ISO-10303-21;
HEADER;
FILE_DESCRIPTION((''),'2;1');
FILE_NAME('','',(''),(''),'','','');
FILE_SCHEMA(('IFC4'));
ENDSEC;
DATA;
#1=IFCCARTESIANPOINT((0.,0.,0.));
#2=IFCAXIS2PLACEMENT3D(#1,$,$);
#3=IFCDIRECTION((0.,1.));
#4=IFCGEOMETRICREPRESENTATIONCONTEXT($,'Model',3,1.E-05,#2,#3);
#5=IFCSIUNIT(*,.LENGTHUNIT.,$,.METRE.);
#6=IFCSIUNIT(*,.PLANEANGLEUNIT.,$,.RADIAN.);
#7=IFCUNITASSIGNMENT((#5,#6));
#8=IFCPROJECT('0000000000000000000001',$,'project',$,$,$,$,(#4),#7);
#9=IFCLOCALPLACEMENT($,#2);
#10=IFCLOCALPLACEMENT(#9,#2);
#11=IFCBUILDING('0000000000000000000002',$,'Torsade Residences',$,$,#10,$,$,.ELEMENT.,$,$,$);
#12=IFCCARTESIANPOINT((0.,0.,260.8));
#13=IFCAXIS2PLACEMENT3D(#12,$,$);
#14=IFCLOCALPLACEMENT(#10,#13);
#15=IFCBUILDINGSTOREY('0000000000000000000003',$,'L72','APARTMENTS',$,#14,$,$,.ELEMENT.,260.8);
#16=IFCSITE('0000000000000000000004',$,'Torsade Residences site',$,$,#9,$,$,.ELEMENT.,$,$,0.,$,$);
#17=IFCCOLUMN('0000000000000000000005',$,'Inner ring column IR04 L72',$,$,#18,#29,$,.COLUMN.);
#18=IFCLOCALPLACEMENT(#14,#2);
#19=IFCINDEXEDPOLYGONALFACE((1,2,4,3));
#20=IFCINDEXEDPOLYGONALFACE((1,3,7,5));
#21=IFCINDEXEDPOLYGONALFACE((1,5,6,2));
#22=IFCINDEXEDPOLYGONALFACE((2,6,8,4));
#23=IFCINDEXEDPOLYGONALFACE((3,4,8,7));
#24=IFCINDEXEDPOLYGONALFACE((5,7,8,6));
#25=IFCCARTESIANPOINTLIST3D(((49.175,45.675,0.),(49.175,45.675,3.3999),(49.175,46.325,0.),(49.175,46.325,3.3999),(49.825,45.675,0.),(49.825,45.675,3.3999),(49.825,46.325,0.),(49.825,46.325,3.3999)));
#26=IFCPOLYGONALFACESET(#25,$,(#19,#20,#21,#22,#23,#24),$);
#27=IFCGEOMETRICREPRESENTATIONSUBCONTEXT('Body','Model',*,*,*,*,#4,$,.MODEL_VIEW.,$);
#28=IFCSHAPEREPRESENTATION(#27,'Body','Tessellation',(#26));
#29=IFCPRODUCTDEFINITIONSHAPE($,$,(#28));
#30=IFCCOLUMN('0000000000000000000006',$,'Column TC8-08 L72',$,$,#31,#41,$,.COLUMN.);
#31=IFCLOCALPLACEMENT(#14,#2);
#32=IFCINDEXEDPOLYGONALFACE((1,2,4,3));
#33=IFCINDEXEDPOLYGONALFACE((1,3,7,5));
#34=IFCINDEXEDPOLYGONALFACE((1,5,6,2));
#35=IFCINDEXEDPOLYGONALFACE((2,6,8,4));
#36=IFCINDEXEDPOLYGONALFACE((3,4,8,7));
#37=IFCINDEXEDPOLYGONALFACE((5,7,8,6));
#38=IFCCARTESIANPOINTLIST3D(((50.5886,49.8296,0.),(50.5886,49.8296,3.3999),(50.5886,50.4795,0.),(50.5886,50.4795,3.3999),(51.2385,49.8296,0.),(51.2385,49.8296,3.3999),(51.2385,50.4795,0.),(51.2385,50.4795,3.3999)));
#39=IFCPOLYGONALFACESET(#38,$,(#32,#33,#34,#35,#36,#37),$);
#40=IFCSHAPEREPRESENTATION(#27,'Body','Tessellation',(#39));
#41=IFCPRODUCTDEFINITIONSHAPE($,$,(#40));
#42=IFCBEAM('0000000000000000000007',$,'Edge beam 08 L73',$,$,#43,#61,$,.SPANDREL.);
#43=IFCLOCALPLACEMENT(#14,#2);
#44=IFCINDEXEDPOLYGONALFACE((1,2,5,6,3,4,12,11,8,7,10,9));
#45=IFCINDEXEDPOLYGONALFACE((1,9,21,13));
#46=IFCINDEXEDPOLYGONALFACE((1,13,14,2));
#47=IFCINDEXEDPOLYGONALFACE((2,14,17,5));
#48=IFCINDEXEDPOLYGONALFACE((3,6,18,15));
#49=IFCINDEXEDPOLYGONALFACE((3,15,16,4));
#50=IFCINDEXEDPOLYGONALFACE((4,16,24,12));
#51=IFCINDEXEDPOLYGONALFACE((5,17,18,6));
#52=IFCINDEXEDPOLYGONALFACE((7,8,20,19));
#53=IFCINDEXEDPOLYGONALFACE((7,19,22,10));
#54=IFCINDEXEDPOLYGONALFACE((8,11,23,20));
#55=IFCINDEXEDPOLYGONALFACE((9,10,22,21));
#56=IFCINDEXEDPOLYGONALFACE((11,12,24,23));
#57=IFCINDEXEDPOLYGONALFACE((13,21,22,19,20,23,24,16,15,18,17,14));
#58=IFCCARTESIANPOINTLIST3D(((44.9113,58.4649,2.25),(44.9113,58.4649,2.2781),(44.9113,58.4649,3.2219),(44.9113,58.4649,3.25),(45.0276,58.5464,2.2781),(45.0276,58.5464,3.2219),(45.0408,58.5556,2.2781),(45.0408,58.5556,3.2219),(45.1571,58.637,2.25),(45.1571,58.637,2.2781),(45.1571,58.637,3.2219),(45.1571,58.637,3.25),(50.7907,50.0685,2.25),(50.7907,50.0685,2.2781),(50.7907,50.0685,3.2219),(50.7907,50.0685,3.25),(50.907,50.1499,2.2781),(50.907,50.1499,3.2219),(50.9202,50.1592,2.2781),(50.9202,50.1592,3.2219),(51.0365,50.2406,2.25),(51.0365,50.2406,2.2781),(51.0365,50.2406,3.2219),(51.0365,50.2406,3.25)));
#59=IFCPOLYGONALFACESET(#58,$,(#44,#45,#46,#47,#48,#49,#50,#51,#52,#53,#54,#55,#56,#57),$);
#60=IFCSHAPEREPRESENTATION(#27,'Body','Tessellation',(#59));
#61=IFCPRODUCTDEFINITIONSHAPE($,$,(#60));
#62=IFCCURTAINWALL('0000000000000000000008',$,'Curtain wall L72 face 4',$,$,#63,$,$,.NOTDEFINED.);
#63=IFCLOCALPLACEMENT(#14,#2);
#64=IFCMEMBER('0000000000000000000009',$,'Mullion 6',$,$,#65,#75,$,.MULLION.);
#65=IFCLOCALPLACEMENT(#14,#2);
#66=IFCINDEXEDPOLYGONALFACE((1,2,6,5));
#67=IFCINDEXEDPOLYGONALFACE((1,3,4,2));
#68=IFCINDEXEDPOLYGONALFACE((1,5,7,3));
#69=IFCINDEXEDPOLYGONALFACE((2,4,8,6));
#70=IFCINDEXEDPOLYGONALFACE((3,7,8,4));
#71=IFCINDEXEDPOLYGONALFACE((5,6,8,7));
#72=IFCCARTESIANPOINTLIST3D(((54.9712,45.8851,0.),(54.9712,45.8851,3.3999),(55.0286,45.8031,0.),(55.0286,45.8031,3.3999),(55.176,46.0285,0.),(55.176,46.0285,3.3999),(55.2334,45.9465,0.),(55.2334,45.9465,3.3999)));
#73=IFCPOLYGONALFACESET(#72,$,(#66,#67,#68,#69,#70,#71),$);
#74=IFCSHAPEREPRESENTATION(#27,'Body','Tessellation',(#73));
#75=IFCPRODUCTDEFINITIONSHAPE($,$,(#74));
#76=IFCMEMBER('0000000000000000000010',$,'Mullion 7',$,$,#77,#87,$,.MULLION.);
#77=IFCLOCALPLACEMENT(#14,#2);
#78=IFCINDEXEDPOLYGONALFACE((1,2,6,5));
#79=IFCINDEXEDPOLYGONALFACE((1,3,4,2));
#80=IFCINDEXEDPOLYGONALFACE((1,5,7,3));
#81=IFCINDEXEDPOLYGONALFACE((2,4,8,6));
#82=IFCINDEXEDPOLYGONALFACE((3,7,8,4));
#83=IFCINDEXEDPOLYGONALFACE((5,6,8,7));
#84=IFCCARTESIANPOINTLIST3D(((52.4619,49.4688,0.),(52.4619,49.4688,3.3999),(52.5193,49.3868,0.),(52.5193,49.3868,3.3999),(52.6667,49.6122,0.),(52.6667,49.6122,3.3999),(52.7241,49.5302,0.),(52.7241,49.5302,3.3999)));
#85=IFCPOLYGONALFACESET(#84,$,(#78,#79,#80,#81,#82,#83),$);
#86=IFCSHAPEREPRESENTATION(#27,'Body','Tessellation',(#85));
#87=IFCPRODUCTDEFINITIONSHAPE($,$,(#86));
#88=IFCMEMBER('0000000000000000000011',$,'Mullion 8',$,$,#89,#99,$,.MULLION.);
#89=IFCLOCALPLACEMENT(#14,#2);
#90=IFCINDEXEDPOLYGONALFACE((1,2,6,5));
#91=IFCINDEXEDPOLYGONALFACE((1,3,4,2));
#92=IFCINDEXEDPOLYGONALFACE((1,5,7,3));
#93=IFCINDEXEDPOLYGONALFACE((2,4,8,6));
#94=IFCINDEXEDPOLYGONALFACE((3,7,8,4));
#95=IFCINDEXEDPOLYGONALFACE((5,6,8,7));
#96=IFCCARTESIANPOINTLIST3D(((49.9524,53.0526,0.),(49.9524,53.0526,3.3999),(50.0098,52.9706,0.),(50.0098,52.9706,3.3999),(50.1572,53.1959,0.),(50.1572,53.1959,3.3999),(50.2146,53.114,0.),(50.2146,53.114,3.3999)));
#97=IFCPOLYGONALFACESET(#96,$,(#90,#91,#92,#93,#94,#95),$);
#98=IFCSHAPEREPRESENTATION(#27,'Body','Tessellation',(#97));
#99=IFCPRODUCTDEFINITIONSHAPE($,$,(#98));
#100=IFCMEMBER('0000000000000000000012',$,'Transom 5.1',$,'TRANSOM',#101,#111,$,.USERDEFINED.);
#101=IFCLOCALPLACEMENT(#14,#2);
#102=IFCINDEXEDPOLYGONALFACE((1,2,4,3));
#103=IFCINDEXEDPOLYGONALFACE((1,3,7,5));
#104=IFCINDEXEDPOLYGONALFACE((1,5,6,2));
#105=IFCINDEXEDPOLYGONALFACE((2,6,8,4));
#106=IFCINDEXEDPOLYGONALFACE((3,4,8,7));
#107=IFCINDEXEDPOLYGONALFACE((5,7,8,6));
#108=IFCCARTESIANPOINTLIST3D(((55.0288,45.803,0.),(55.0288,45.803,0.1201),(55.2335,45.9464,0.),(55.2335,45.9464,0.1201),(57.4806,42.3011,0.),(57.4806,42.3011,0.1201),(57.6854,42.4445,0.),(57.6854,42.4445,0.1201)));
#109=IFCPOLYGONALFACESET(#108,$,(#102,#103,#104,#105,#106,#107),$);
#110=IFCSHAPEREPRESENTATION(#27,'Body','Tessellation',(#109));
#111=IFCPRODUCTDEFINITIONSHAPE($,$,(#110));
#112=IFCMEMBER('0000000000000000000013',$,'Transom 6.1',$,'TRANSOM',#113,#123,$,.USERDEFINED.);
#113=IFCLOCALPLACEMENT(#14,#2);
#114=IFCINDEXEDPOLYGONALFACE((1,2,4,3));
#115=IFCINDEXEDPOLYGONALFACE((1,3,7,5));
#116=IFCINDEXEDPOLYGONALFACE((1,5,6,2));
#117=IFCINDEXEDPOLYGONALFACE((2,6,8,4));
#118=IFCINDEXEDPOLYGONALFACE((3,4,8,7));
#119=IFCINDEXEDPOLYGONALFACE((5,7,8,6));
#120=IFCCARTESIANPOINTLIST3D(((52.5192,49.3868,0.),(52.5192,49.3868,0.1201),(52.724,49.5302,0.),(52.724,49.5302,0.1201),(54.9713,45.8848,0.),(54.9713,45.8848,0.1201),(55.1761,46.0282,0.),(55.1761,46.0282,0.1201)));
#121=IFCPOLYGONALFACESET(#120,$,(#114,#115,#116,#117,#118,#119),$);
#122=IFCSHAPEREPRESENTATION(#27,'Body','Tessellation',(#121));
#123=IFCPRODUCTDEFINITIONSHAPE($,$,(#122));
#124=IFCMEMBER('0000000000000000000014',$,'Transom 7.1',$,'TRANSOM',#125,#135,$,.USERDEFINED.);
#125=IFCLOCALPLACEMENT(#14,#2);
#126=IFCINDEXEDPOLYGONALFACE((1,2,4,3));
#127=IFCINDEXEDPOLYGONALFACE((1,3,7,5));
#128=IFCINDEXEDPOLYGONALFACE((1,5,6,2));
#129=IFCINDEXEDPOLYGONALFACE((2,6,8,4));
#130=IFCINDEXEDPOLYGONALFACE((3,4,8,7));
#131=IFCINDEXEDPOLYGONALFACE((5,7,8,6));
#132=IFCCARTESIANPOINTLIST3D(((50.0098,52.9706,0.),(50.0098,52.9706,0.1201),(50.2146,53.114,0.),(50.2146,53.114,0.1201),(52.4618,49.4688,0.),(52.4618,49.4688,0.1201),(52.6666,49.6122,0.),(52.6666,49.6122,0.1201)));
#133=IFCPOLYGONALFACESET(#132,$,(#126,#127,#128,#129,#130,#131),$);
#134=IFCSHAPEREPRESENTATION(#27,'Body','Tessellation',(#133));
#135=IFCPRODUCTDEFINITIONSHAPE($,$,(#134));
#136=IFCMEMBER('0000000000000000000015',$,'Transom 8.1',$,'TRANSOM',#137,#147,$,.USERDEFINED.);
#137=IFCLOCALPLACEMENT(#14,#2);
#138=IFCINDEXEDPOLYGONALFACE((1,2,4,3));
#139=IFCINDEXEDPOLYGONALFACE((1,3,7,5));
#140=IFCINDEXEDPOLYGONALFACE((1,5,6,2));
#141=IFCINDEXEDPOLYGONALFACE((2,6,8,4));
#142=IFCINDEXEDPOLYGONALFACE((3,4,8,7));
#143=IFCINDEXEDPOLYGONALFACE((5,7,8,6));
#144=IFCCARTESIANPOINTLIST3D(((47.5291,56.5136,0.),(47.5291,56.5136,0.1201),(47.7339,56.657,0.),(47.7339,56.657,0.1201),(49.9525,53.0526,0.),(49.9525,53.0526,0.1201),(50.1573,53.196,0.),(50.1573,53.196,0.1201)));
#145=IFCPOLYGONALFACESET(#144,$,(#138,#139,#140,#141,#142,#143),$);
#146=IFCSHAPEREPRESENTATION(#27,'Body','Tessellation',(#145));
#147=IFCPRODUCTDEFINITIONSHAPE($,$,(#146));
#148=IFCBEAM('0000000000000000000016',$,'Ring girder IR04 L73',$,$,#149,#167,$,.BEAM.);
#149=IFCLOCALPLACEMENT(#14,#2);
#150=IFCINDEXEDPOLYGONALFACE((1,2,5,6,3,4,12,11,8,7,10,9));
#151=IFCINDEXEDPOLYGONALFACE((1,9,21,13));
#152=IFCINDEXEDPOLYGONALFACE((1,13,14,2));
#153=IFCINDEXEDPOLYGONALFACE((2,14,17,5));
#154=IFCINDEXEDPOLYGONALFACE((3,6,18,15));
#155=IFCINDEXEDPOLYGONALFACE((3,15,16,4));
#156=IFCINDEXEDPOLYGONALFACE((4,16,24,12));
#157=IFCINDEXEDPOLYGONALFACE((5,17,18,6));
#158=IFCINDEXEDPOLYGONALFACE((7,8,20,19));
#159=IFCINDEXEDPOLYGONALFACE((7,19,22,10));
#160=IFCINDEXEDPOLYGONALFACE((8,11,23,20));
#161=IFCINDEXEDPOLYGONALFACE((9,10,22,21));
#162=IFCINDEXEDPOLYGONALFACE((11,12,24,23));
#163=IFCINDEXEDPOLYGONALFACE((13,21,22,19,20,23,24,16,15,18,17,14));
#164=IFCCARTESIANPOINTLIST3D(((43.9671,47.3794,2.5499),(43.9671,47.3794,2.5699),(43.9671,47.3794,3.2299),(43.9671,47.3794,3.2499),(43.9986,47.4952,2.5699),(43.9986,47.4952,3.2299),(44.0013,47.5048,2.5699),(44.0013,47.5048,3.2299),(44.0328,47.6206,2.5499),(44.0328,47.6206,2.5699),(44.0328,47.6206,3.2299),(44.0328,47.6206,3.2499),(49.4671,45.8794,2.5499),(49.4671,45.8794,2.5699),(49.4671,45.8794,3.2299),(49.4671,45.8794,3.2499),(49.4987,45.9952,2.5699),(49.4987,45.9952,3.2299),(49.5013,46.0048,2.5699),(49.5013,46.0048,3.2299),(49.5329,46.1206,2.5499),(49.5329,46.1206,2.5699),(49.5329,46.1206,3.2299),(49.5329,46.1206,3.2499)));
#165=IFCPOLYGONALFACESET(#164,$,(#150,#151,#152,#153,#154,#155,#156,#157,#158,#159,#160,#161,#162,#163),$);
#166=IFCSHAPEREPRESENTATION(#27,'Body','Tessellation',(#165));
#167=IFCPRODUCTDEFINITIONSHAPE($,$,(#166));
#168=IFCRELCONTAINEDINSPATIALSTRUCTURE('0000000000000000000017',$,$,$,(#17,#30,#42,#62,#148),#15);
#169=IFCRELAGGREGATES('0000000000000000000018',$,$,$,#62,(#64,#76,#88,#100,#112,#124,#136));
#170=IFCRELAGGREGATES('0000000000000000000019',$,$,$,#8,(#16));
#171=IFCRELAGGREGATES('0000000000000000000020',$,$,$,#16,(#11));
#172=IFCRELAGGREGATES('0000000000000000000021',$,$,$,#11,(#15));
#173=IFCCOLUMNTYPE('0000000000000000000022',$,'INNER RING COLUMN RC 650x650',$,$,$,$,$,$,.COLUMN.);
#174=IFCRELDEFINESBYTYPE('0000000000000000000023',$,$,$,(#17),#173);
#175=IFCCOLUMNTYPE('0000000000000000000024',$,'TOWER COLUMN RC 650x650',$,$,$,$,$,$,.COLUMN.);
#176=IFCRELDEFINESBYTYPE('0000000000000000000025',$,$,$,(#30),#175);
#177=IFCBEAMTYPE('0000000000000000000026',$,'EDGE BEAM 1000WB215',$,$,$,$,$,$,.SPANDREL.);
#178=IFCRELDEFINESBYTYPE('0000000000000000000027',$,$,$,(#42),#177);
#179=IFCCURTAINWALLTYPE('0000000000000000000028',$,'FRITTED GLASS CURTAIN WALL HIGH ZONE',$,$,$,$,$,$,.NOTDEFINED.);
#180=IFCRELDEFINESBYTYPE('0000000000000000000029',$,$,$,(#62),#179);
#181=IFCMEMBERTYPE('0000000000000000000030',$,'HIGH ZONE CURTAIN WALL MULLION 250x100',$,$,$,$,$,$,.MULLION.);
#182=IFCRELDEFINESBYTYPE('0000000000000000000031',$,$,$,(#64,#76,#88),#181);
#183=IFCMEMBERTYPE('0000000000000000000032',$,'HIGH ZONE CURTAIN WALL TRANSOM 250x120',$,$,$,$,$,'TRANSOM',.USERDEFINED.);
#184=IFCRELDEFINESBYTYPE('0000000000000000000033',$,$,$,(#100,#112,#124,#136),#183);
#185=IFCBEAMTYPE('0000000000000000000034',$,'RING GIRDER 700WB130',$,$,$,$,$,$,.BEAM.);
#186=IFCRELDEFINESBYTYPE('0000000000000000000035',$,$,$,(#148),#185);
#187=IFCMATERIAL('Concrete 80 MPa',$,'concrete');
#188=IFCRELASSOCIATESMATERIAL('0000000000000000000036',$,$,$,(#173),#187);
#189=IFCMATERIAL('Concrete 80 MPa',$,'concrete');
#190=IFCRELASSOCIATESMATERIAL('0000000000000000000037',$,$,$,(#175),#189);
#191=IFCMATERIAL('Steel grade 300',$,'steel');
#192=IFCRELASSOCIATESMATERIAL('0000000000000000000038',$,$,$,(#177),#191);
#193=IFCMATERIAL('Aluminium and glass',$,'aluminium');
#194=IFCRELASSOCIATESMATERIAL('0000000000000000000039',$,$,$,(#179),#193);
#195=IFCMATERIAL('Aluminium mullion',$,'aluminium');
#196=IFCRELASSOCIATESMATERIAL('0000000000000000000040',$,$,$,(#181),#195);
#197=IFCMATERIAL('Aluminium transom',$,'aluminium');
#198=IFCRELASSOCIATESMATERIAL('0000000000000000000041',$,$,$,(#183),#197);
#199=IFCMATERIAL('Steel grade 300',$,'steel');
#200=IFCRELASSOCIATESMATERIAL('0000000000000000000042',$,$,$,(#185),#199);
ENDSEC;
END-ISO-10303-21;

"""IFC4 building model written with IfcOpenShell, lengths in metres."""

from ifc_helpers import new_model, si_unit, direction, frame, origin, origin_2d, place, context, subcontext, project, spatial, rectangle, i_section, extrude, material, material_profile, profile_set, type_object, element, aggregate, save


model = new_model("IFC4")

# Units and contexts
model_context = context("Model", 3, precision=1e-05, world=origin(), true_north=direction((0.0, 1.0)))
body_context = subcontext(model_context, "Body", "Model", "MODEL_VIEW")
ifc_project = project(units=[si_unit("LENGTHUNIT", "METRE"), si_unit("PLANEANGLEUNIT", "RADIAN")], contexts=[model_context])

# Site, building, storey
site_placement = place(None, origin())
site = spatial("IfcSite", under=ifc_project, at=site_placement, Name="Torsade Residences site", CompositionType="ELEMENT", RefElevation=0.0)
building_placement = place(site_placement, origin())
building = spatial("IfcBuilding", under=site, at=building_placement, Name="Torsade Residences", CompositionType="ELEMENT")
storey_placement = place(building_placement, frame((0.0, 0.0, 260.8)))
storey = spatial("IfcBuildingStorey", under=building, at=storey_placement, Name="L72", Description="APARTMENTS", CompositionType="ELEMENT", Elevation=260.8)

# Columns
ifc_material_1 = material(Name="Concrete 80 MPa", Category="concrete")
ifc_material_profile_1 = material_profile(ifc_material_1, rectangle(XDim=0.6499, YDim=0.6499, at=origin_2d()), Name="RC 650x650")
ifc_profile_set_1 = profile_set([ifc_material_profile_1], Name="Concrete 80 MPa")
column_type_1 = type_object("IfcColumnType", Name="INNER RING COLUMN RC 650x650", PredefinedType="COLUMN", material=ifc_profile_set_1)
column_1_placement = place(storey_placement, frame((49.5, 46.0, 0.0), z_axis=(0.0, 0.0, 1.0), x_axis=(1.0, 0.0, 0.0)))
element("IfcColumn", 1, at=column_1_placement, inside=storey, type_object=column_type_1, Name="Inner ring column IR04 L72", PredefinedType="COLUMN", context=body_context, shape_type="SweptSolid", body=[
    extrude(rectangle(XDim=0.6499, YDim=0.6499, at=origin_2d()), origin(), (0.0, 0.0, 1.0), 3.3999),
])
ifc_material_2 = material(Name="Concrete 80 MPa", Category="concrete")
ifc_material_profile_2 = material_profile(ifc_material_2, rectangle(XDim=0.6499, YDim=0.6499, at=origin_2d()), Name="RC 650x650")
ifc_profile_set_2 = profile_set([ifc_material_profile_2], Name="Concrete 80 MPa")
column_type_2 = type_object("IfcColumnType", Name="TOWER COLUMN RC 650x650", PredefinedType="COLUMN", material=ifc_profile_set_2)
column_2_placement = place(storey_placement, frame((50.9136, 50.1545, 0.0), z_axis=(0.0, 0.0, 1.0), x_axis=(1.0, 0.0, 0.0)))
element("IfcColumn", 2, at=column_2_placement, inside=storey, type_object=column_type_2, Name="Column TC8-08 L72", PredefinedType="COLUMN", context=body_context, shape_type="SweptSolid", body=[
    extrude(rectangle(XDim=0.6499, YDim=0.6499, at=origin_2d()), origin(), (0.0, 0.0, 1.0), 3.3999),
])

# Beam
ifc_material_3 = material(Name="Steel grade 300", Category="steel")
ifc_material_profile_3 = material_profile(ifc_material_3, i_section(OverallWidth=0.3, OverallDepth=1.0, WebThickness=0.0161, FlangeThickness=0.0281, at=origin_2d()), Name="1000WB215")
ifc_profile_set_3 = profile_set([ifc_material_profile_3], Name="Steel grade 300")
beam_type_1 = type_object("IfcBeamType", Name="EDGE BEAM 1000WB215", PredefinedType="SPANDREL", material=ifc_profile_set_3)
beam_1_placement = place(storey_placement, frame((50.9136, 50.1545, 2.75), z_axis=(-0.573584, 0.819147, 0.0), x_axis=(-0.819147, -0.573584, 0.0)))
element("IfcBeam", 3, at=beam_1_placement, inside=storey, type_object=beam_type_1, Name="Edge beam 08 L73", PredefinedType="SPANDREL", context=body_context, shape_type="SweptSolid", body=[
    extrude(i_section(OverallWidth=0.3, OverallDepth=1.0, WebThickness=0.0161, FlangeThickness=0.0281, at=origin_2d()), origin(), (0.0, 0.0, 1.0), 10.2502),
])

# Curtain wall, members
ifc_material_4 = material(Name="Aluminium and glass", Category="aluminium")
curtain_wall_type = type_object("IfcCurtainWallType", Name="FRITTED GLASS CURTAIN WALL HIGH ZONE", PredefinedType="NOTDEFINED", material=ifc_material_4)
curtain_wall_placement = place(storey_placement, origin())
curtain_wall = element("IfcCurtainWall", 4, at=curtain_wall_placement, inside=storey, type_object=curtain_wall_type, Name="Curtain wall L72 face 4", PredefinedType="NOTDEFINED")
ifc_material_5 = material(Name="Aluminium mullion", Category="aluminium")
ifc_material_profile_4 = material_profile(ifc_material_5, rectangle(XDim=0.25, YDim=0.1001, at=origin_2d()), Name="HIGH ZONE CURTAIN WALL MULLION 250x100")
ifc_profile_set_4 = profile_set([ifc_material_profile_4], Name="Aluminium mullion")
member_type_1 = type_object("IfcMemberType", Name="HIGH ZONE CURTAIN WALL MULLION 250x100", PredefinedType="MULLION", material=ifc_profile_set_4)
member_1_placement = place(storey_placement, frame((55.1023, 45.9158, 0.0), z_axis=(0.0, 0.0, 1.0), x_axis=(-0.819152, -0.573576, 0.0)))
member_1 = element("IfcMember", 5, at=member_1_placement, type_object=member_type_1, Name="Mullion 6", PredefinedType="MULLION", context=body_context, shape_type="SweptSolid", body=[
    extrude(rectangle(XDim=0.25, YDim=0.1001, at=origin_2d()), origin(), (0.0, 0.0, 1.0), 3.3999),
])
member_2_placement = place(storey_placement, frame((52.593, 49.4995, 0.0), z_axis=(0.0, 0.0, 1.0), x_axis=(-0.819152, -0.573576, 0.0)))
member_2 = element("IfcMember", 6, at=member_2_placement, type_object=member_type_1, Name="Mullion 7", PredefinedType="MULLION", context=body_context, shape_type="SweptSolid", body=[
    extrude(rectangle(XDim=0.25, YDim=0.1001, at=origin_2d()), origin(), (0.0, 0.0, 1.0), 3.3999),
])
member_3_placement = place(storey_placement, frame((50.0835, 53.0833, 0.0), z_axis=(0.0, 0.0, 1.0), x_axis=(-0.819152, -0.573576, 0.0)))
member_3 = element("IfcMember", 7, at=member_3_placement, type_object=member_type_1, Name="Mullion 8", PredefinedType="MULLION", context=body_context, shape_type="SweptSolid", body=[
    extrude(rectangle(XDim=0.25, YDim=0.1001, at=origin_2d()), origin(), (0.0, 0.0, 1.0), 3.3999),
])
ifc_material_6 = material(Name="Aluminium transom", Category="aluminium")
ifc_material_profile_5 = material_profile(ifc_material_6, rectangle(XDim=0.25, YDim=0.1201, at=origin_2d()), Name="HIGH ZONE CURTAIN WALL TRANSOM 250x120")
ifc_profile_set_5 = profile_set([ifc_material_profile_5], Name="Aluminium transom")
member_type_2 = type_object("IfcMemberType", Name="HIGH ZONE CURTAIN WALL TRANSOM 250x120", ElementType="TRANSOM", PredefinedType="USERDEFINED", material=ifc_profile_set_5)
member_4_placement = place(storey_placement, frame((57.583, 42.3728, 0.0601), z_axis=(-0.573547, 0.819173, 0.0), x_axis=(-0.819173, -0.573547, 0.0)))
member_4 = element("IfcMember", 8, at=member_4_placement, type_object=member_type_2, Name="Transom 5.1", ObjectType="TRANSOM", PredefinedType="USERDEFINED", context=body_context, shape_type="SweptSolid", body=[
    extrude(rectangle(XDim=0.25, YDim=0.1201, at=origin_2d()), origin(), (0.0, 0.0, 1.0), 4.2749),
])
member_5_placement = place(storey_placement, frame((55.0737, 45.9565, 0.0601), z_axis=(-0.573585, 0.819146, 0.0), x_axis=(-0.819146, -0.573585, 0.0)))
member_5 = element("IfcMember", 9, at=member_5_placement, type_object=member_type_2, Name="Transom 6.1", ObjectType="TRANSOM", PredefinedType="USERDEFINED", context=body_context, shape_type="SweptSolid", body=[
    extrude(rectangle(XDim=0.25, YDim=0.1201, at=origin_2d()), origin(), (0.0, 0.0, 1.0), 4.2751),
])
member_6_placement = place(storey_placement, frame((52.5642, 49.5405, 0.0601), z_axis=(-0.573573, 0.819154, 0.0), x_axis=(-0.819154, -0.573573, 0.0)))
member_6 = element("IfcMember", 10, at=member_6_placement, type_object=member_type_2, Name="Transom 7.1", ObjectType="TRANSOM", PredefinedType="USERDEFINED", context=body_context, shape_type="SweptSolid", body=[
    extrude(rectangle(XDim=0.25, YDim=0.1201, at=origin_2d()), origin(), (0.0, 0.0, 1.0), 4.2749),
])
member_7_placement = place(storey_placement, frame((50.0549, 53.1243, 0.0601), z_axis=(-0.573571, 0.819156, 0.0), x_axis=(-0.819156, -0.573571, 0.0)))
member_7 = element("IfcMember", 11, at=member_7_placement, type_object=member_type_2, Name="Transom 8.1", ObjectType="TRANSOM", PredefinedType="USERDEFINED", context=body_context, shape_type="SweptSolid", body=[
    extrude(rectangle(XDim=0.25, YDim=0.1201, at=origin_2d()), origin(), (0.0, 0.0, 1.0), 4.2251),
])

# Beam
ifc_material_7 = material(Name="Steel grade 300", Category="steel")
ifc_material_profile_6 = material_profile(ifc_material_7, i_section(OverallWidth=0.25, OverallDepth=0.7, WebThickness=0.01, FlangeThickness=0.02, at=origin_2d()), Name="700WB130")
ifc_profile_set_6 = profile_set([ifc_material_profile_6], Name="Steel grade 300")
beam_type_2 = type_object("IfcBeamType", Name="RING GIRDER 700WB130", PredefinedType="BEAM", material=ifc_profile_set_6)
beam_2_placement = place(storey_placement, frame((49.5, 46.0, 2.8999), z_axis=(-0.964764, 0.263117, 0.0), x_axis=(-0.263117, -0.964764, 0.0)))
element("IfcBeam", 12, at=beam_2_placement, inside=storey, type_object=beam_type_2, Name="Ring girder IR04 L73", PredefinedType="BEAM", context=body_context, shape_type="SweptSolid", body=[
    extrude(i_section(OverallWidth=0.25, OverallDepth=0.7, WebThickness=0.01, FlangeThickness=0.02, at=origin_2d()), origin(), (0.0, 0.0, 1.0), 5.7009),
])

aggregate(curtain_wall, [member_1, member_2, member_3, member_4, member_5, member_6, member_7])

save(model, "model.ifc")
